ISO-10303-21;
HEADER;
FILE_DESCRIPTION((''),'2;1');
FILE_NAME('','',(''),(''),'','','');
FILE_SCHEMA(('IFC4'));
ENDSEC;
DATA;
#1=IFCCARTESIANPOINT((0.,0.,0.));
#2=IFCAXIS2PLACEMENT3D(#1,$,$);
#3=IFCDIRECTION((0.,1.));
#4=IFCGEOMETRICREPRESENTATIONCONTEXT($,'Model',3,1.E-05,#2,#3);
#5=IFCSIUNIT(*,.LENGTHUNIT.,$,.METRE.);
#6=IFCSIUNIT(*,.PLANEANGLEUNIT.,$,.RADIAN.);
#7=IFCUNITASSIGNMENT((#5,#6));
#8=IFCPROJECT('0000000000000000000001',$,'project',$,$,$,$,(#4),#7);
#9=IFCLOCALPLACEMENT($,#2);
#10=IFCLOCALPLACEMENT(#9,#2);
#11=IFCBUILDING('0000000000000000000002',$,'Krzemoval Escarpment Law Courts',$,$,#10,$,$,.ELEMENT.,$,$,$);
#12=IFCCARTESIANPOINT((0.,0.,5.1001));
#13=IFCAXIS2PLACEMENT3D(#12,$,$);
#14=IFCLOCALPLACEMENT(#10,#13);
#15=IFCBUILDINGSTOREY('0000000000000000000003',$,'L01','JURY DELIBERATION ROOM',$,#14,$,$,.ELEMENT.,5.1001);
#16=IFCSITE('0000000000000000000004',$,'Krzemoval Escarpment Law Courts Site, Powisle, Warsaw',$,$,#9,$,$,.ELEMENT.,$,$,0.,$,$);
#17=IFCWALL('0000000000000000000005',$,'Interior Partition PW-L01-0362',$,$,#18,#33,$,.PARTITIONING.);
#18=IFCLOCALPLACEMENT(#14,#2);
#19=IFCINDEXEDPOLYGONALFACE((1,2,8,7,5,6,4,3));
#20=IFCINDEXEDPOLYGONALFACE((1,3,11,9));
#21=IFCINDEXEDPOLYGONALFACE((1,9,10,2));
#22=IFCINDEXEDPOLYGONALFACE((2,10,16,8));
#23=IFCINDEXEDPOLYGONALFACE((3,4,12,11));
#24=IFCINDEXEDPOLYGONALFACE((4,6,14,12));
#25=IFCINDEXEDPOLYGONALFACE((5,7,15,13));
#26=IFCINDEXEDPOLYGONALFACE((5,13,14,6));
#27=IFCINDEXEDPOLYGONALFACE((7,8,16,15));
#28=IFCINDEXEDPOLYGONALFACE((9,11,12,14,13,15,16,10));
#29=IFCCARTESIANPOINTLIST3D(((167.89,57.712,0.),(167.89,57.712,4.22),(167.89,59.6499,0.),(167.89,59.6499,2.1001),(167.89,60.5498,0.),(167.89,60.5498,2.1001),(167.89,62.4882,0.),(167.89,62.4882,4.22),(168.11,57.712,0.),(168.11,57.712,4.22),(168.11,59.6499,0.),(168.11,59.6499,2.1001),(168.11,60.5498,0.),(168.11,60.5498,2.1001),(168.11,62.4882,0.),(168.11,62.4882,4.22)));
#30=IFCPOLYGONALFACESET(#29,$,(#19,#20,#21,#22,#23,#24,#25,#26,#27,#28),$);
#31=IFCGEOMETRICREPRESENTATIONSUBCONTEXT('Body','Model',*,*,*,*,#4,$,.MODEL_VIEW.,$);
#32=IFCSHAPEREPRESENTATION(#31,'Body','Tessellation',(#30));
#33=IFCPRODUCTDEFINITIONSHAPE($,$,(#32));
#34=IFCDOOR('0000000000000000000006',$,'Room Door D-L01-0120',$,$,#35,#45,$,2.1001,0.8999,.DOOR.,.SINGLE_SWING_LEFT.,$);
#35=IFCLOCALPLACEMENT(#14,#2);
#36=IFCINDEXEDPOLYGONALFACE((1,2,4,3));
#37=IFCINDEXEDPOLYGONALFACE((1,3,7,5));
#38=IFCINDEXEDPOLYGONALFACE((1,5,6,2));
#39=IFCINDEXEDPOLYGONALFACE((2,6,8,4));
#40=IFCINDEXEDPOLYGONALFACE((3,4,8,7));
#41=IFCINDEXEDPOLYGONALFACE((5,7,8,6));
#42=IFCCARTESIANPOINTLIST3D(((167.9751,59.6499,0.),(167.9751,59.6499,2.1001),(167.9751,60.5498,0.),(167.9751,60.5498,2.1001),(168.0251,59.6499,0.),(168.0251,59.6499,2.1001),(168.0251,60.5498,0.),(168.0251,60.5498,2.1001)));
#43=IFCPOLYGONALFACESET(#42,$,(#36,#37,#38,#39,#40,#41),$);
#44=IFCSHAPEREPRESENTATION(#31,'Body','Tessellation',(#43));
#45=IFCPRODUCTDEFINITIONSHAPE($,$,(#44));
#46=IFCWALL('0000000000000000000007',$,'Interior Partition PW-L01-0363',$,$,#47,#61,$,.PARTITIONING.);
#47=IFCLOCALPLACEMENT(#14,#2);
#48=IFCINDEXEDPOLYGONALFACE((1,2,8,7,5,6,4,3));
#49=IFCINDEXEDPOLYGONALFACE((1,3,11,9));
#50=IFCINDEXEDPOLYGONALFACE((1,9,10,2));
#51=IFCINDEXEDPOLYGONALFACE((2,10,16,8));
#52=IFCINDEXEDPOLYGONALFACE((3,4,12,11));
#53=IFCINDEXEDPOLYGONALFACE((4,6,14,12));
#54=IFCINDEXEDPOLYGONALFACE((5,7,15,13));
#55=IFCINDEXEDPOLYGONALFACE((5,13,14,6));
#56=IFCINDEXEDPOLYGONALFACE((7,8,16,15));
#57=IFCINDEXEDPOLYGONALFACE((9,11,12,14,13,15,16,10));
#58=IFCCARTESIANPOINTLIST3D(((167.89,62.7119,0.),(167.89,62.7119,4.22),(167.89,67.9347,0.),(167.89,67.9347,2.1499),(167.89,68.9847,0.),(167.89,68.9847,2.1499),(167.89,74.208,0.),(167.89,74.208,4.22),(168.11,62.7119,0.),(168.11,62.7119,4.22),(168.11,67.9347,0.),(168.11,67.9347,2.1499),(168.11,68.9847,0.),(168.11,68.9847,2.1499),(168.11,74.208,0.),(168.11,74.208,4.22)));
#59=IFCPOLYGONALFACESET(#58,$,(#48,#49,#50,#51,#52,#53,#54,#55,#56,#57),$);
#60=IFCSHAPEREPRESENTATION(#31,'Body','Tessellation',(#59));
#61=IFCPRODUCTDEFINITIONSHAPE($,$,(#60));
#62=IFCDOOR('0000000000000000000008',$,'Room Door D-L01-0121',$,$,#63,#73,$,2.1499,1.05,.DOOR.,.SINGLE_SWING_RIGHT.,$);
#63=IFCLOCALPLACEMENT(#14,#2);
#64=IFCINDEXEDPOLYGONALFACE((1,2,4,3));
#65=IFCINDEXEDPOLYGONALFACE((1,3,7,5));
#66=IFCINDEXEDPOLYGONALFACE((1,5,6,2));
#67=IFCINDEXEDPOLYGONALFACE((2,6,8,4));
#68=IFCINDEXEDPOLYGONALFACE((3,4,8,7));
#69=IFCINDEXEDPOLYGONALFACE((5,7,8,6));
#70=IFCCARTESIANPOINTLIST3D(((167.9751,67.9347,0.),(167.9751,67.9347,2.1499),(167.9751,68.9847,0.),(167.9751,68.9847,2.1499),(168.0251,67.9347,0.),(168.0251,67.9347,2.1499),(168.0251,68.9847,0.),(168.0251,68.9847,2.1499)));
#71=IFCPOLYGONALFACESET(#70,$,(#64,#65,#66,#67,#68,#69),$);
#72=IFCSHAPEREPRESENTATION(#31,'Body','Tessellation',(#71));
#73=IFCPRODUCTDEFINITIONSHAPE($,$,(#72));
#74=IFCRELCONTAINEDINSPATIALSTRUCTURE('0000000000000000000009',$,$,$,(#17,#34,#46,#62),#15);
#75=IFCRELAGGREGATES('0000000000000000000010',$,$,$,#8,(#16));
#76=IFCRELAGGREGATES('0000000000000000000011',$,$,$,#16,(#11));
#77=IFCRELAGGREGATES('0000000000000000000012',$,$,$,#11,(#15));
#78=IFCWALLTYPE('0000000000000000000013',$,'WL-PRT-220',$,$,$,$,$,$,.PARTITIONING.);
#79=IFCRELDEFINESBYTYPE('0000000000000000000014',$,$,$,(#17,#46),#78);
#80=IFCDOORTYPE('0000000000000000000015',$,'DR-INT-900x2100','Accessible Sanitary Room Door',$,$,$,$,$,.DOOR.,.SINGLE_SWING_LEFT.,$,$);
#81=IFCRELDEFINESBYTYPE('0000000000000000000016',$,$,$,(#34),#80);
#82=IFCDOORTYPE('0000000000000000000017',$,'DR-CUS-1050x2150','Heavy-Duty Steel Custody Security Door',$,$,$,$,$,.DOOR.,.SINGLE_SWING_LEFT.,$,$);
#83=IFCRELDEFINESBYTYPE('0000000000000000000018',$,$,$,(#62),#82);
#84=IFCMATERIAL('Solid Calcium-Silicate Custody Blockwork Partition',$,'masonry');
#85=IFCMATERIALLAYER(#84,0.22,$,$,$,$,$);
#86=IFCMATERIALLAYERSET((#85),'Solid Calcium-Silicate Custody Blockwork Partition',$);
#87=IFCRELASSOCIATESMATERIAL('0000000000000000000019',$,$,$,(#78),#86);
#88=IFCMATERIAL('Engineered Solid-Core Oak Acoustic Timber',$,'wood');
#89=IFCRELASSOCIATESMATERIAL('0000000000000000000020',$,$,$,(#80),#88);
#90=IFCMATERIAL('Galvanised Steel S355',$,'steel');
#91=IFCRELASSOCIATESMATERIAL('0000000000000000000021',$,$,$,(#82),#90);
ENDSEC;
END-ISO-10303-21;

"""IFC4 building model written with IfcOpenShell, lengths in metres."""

from ifc_helpers import new_model, si_unit, direction, frame, frame_2d, origin, place, context, subcontext, project, spatial, rectangle, extrude, material, layer, layer_set, type_object, element, fill, save


model = new_model("IFC4")

# Units and contexts
model_context = context("Model", 3, precision=1e-05, world=origin(), true_north=direction((0.0, 1.0)))
body_context = subcontext(model_context, "Body", "Model", "MODEL_VIEW")
ifc_project = project(units=[si_unit("LENGTHUNIT", "METRE"), si_unit("PLANEANGLEUNIT", "RADIAN")], contexts=[model_context])

# Site, building, storey
site_placement = place(None, origin())
site = spatial("IfcSite", under=ifc_project, at=site_placement, Name="Krzemoval Escarpment Law Courts Site, Powisle, Warsaw", CompositionType="ELEMENT", RefElevation=0.0)
building_placement = place(site_placement, origin())
building = spatial("IfcBuilding", under=site, at=building_placement, Name="Krzemoval Escarpment Law Courts", CompositionType="ELEMENT")
storey_placement = place(building_placement, frame((0.0, 0.0, 5.1001)))
storey = spatial("IfcBuildingStorey", under=building, at=storey_placement, Name="L01", Description="JURY DELIBERATION ROOM", CompositionType="ELEMENT", Elevation=5.1001)

# Shared definitions
ifc_material_1 = material(Name="Solid Calcium-Silicate Custody Blockwork Partition", Category="masonry")
ifc_layer_1 = layer(ifc_material_1, 0.22)
ifc_layer_set_1 = layer_set([ifc_layer_1], Name="Solid Calcium-Silicate Custody Blockwork Partition")
wall_type_1 = type_object("IfcWallType", Name="WL-PRT-220", PredefinedType="PARTITIONING", material=ifc_layer_set_1)

# Walls, openings, doors
wall_1_placement = place(storey_placement, frame((168.0, 57.7119, 0.0), z_axis=(0.0, 0.0, 1.0), x_axis=(0.0, 1.0, 0.0)))
wall_1 = element("IfcWall", 1, at=wall_1_placement, inside=storey, type_object=wall_type_1, Name="Interior Partition PW-L01-0362", PredefinedType="PARTITIONING", context=body_context, shape_type="SweptSolid", body=[
    extrude(rectangle(XDim=4.7761, YDim=0.22, at=frame_2d((2.3882, 0.0))), origin(), (0.0, 0.0, 1.0), 4.22),
])
opening_1_placement = place(wall_1_placement, frame((1.938, 0.0, 0.0)))
opening_1 = element("IfcOpeningElement", 2, at=opening_1_placement, cuts=wall_1, PredefinedType="OPENING", context=body_context, shape_type="SweptSolid", body=[
    extrude(rectangle(XDim=0.8999, YDim=2.1001, at=frame_2d((0.45, 1.05))), frame((0.0, 0.125, 0.0), z_axis=(0.0, -1.0, 0.0), x_axis=(1.0, 0.0, 0.0)), (0.0, 0.0, 1.0), 0.25),
])
ifc_material_2 = material(Name="Engineered Solid-Core Oak Acoustic Timber", Category="wood")
door_type_1 = type_object("IfcDoorType", Name="DR-INT-900x2100", Description="Accessible Sanitary Room Door", OperationType="SINGLE_SWING_LEFT", PredefinedType="DOOR", material=ifc_material_2)
door_1_placement = place(opening_1_placement, origin())
door_1 = element("IfcDoor", 3, at=door_1_placement, inside=storey, type_object=door_type_1, Name="Room Door D-L01-0120", OperationType="SINGLE_SWING_LEFT", OverallHeight=2.1001, OverallWidth=0.8999, PredefinedType="DOOR", context=body_context, shape_type="SweptSolid", body=[
    extrude(rectangle(XDim=0.8999, YDim=2.1001, at=frame_2d((0.45, 1.05))), frame((0.0, 0.0249, 0.0), z_axis=(0.0, -1.0, 0.0), x_axis=(1.0, 0.0, 0.0)), (0.0, 0.0, 1.0), 0.05),
])
fill(opening_1, door_1)
wall_2_placement = place(storey_placement, frame((168.0, 62.7119, 0.0), z_axis=(0.0, 0.0, 1.0), x_axis=(0.0, 1.0, 0.0)))
wall_2 = element("IfcWall", 4, at=wall_2_placement, inside=storey, type_object=wall_type_1, Name="Interior Partition PW-L01-0363", PredefinedType="PARTITIONING", context=body_context, shape_type="SweptSolid", body=[
    extrude(rectangle(XDim=11.4961, YDim=0.22, at=frame_2d((5.748, 0.0))), origin(), (0.0, 0.0, 1.0), 4.22),
])
opening_2_placement = place(wall_2_placement, frame((5.2229, 0.0, 0.0)))
opening_2 = element("IfcOpeningElement", 5, at=opening_2_placement, cuts=wall_2, PredefinedType="OPENING", context=body_context, shape_type="SweptSolid", body=[
    extrude(rectangle(XDim=1.05, YDim=2.1499, at=frame_2d((0.5249, 1.075))), frame((0.0, 0.125, 0.0), z_axis=(0.0, -1.0, 0.0), x_axis=(1.0, 0.0, 0.0)), (0.0, 0.0, 1.0), 0.25),
])
ifc_material_3 = material(Name="Galvanised Steel S355", Category="steel")
door_type_2 = type_object("IfcDoorType", Name="DR-CUS-1050x2150", Description="Heavy-Duty Steel Custody Security Door", OperationType="SINGLE_SWING_LEFT", PredefinedType="DOOR", material=ifc_material_3)
door_2_placement = place(opening_2_placement, origin())
door_2 = element("IfcDoor", 6, at=door_2_placement, inside=storey, type_object=door_type_2, Name="Room Door D-L01-0121", OperationType="SINGLE_SWING_RIGHT", OverallHeight=2.1499, OverallWidth=1.05, PredefinedType="DOOR", context=body_context, shape_type="SweptSolid", body=[
    extrude(rectangle(XDim=1.05, YDim=2.1499, at=frame_2d((0.5249, 1.075))), frame((0.0, 0.0249, 0.0), z_axis=(0.0, -1.0, 0.0), x_axis=(1.0, 0.0, 0.0)), (0.0, 0.0, 1.0), 0.05),
])
fill(opening_2, door_2)

save(model, "model.ifc")
